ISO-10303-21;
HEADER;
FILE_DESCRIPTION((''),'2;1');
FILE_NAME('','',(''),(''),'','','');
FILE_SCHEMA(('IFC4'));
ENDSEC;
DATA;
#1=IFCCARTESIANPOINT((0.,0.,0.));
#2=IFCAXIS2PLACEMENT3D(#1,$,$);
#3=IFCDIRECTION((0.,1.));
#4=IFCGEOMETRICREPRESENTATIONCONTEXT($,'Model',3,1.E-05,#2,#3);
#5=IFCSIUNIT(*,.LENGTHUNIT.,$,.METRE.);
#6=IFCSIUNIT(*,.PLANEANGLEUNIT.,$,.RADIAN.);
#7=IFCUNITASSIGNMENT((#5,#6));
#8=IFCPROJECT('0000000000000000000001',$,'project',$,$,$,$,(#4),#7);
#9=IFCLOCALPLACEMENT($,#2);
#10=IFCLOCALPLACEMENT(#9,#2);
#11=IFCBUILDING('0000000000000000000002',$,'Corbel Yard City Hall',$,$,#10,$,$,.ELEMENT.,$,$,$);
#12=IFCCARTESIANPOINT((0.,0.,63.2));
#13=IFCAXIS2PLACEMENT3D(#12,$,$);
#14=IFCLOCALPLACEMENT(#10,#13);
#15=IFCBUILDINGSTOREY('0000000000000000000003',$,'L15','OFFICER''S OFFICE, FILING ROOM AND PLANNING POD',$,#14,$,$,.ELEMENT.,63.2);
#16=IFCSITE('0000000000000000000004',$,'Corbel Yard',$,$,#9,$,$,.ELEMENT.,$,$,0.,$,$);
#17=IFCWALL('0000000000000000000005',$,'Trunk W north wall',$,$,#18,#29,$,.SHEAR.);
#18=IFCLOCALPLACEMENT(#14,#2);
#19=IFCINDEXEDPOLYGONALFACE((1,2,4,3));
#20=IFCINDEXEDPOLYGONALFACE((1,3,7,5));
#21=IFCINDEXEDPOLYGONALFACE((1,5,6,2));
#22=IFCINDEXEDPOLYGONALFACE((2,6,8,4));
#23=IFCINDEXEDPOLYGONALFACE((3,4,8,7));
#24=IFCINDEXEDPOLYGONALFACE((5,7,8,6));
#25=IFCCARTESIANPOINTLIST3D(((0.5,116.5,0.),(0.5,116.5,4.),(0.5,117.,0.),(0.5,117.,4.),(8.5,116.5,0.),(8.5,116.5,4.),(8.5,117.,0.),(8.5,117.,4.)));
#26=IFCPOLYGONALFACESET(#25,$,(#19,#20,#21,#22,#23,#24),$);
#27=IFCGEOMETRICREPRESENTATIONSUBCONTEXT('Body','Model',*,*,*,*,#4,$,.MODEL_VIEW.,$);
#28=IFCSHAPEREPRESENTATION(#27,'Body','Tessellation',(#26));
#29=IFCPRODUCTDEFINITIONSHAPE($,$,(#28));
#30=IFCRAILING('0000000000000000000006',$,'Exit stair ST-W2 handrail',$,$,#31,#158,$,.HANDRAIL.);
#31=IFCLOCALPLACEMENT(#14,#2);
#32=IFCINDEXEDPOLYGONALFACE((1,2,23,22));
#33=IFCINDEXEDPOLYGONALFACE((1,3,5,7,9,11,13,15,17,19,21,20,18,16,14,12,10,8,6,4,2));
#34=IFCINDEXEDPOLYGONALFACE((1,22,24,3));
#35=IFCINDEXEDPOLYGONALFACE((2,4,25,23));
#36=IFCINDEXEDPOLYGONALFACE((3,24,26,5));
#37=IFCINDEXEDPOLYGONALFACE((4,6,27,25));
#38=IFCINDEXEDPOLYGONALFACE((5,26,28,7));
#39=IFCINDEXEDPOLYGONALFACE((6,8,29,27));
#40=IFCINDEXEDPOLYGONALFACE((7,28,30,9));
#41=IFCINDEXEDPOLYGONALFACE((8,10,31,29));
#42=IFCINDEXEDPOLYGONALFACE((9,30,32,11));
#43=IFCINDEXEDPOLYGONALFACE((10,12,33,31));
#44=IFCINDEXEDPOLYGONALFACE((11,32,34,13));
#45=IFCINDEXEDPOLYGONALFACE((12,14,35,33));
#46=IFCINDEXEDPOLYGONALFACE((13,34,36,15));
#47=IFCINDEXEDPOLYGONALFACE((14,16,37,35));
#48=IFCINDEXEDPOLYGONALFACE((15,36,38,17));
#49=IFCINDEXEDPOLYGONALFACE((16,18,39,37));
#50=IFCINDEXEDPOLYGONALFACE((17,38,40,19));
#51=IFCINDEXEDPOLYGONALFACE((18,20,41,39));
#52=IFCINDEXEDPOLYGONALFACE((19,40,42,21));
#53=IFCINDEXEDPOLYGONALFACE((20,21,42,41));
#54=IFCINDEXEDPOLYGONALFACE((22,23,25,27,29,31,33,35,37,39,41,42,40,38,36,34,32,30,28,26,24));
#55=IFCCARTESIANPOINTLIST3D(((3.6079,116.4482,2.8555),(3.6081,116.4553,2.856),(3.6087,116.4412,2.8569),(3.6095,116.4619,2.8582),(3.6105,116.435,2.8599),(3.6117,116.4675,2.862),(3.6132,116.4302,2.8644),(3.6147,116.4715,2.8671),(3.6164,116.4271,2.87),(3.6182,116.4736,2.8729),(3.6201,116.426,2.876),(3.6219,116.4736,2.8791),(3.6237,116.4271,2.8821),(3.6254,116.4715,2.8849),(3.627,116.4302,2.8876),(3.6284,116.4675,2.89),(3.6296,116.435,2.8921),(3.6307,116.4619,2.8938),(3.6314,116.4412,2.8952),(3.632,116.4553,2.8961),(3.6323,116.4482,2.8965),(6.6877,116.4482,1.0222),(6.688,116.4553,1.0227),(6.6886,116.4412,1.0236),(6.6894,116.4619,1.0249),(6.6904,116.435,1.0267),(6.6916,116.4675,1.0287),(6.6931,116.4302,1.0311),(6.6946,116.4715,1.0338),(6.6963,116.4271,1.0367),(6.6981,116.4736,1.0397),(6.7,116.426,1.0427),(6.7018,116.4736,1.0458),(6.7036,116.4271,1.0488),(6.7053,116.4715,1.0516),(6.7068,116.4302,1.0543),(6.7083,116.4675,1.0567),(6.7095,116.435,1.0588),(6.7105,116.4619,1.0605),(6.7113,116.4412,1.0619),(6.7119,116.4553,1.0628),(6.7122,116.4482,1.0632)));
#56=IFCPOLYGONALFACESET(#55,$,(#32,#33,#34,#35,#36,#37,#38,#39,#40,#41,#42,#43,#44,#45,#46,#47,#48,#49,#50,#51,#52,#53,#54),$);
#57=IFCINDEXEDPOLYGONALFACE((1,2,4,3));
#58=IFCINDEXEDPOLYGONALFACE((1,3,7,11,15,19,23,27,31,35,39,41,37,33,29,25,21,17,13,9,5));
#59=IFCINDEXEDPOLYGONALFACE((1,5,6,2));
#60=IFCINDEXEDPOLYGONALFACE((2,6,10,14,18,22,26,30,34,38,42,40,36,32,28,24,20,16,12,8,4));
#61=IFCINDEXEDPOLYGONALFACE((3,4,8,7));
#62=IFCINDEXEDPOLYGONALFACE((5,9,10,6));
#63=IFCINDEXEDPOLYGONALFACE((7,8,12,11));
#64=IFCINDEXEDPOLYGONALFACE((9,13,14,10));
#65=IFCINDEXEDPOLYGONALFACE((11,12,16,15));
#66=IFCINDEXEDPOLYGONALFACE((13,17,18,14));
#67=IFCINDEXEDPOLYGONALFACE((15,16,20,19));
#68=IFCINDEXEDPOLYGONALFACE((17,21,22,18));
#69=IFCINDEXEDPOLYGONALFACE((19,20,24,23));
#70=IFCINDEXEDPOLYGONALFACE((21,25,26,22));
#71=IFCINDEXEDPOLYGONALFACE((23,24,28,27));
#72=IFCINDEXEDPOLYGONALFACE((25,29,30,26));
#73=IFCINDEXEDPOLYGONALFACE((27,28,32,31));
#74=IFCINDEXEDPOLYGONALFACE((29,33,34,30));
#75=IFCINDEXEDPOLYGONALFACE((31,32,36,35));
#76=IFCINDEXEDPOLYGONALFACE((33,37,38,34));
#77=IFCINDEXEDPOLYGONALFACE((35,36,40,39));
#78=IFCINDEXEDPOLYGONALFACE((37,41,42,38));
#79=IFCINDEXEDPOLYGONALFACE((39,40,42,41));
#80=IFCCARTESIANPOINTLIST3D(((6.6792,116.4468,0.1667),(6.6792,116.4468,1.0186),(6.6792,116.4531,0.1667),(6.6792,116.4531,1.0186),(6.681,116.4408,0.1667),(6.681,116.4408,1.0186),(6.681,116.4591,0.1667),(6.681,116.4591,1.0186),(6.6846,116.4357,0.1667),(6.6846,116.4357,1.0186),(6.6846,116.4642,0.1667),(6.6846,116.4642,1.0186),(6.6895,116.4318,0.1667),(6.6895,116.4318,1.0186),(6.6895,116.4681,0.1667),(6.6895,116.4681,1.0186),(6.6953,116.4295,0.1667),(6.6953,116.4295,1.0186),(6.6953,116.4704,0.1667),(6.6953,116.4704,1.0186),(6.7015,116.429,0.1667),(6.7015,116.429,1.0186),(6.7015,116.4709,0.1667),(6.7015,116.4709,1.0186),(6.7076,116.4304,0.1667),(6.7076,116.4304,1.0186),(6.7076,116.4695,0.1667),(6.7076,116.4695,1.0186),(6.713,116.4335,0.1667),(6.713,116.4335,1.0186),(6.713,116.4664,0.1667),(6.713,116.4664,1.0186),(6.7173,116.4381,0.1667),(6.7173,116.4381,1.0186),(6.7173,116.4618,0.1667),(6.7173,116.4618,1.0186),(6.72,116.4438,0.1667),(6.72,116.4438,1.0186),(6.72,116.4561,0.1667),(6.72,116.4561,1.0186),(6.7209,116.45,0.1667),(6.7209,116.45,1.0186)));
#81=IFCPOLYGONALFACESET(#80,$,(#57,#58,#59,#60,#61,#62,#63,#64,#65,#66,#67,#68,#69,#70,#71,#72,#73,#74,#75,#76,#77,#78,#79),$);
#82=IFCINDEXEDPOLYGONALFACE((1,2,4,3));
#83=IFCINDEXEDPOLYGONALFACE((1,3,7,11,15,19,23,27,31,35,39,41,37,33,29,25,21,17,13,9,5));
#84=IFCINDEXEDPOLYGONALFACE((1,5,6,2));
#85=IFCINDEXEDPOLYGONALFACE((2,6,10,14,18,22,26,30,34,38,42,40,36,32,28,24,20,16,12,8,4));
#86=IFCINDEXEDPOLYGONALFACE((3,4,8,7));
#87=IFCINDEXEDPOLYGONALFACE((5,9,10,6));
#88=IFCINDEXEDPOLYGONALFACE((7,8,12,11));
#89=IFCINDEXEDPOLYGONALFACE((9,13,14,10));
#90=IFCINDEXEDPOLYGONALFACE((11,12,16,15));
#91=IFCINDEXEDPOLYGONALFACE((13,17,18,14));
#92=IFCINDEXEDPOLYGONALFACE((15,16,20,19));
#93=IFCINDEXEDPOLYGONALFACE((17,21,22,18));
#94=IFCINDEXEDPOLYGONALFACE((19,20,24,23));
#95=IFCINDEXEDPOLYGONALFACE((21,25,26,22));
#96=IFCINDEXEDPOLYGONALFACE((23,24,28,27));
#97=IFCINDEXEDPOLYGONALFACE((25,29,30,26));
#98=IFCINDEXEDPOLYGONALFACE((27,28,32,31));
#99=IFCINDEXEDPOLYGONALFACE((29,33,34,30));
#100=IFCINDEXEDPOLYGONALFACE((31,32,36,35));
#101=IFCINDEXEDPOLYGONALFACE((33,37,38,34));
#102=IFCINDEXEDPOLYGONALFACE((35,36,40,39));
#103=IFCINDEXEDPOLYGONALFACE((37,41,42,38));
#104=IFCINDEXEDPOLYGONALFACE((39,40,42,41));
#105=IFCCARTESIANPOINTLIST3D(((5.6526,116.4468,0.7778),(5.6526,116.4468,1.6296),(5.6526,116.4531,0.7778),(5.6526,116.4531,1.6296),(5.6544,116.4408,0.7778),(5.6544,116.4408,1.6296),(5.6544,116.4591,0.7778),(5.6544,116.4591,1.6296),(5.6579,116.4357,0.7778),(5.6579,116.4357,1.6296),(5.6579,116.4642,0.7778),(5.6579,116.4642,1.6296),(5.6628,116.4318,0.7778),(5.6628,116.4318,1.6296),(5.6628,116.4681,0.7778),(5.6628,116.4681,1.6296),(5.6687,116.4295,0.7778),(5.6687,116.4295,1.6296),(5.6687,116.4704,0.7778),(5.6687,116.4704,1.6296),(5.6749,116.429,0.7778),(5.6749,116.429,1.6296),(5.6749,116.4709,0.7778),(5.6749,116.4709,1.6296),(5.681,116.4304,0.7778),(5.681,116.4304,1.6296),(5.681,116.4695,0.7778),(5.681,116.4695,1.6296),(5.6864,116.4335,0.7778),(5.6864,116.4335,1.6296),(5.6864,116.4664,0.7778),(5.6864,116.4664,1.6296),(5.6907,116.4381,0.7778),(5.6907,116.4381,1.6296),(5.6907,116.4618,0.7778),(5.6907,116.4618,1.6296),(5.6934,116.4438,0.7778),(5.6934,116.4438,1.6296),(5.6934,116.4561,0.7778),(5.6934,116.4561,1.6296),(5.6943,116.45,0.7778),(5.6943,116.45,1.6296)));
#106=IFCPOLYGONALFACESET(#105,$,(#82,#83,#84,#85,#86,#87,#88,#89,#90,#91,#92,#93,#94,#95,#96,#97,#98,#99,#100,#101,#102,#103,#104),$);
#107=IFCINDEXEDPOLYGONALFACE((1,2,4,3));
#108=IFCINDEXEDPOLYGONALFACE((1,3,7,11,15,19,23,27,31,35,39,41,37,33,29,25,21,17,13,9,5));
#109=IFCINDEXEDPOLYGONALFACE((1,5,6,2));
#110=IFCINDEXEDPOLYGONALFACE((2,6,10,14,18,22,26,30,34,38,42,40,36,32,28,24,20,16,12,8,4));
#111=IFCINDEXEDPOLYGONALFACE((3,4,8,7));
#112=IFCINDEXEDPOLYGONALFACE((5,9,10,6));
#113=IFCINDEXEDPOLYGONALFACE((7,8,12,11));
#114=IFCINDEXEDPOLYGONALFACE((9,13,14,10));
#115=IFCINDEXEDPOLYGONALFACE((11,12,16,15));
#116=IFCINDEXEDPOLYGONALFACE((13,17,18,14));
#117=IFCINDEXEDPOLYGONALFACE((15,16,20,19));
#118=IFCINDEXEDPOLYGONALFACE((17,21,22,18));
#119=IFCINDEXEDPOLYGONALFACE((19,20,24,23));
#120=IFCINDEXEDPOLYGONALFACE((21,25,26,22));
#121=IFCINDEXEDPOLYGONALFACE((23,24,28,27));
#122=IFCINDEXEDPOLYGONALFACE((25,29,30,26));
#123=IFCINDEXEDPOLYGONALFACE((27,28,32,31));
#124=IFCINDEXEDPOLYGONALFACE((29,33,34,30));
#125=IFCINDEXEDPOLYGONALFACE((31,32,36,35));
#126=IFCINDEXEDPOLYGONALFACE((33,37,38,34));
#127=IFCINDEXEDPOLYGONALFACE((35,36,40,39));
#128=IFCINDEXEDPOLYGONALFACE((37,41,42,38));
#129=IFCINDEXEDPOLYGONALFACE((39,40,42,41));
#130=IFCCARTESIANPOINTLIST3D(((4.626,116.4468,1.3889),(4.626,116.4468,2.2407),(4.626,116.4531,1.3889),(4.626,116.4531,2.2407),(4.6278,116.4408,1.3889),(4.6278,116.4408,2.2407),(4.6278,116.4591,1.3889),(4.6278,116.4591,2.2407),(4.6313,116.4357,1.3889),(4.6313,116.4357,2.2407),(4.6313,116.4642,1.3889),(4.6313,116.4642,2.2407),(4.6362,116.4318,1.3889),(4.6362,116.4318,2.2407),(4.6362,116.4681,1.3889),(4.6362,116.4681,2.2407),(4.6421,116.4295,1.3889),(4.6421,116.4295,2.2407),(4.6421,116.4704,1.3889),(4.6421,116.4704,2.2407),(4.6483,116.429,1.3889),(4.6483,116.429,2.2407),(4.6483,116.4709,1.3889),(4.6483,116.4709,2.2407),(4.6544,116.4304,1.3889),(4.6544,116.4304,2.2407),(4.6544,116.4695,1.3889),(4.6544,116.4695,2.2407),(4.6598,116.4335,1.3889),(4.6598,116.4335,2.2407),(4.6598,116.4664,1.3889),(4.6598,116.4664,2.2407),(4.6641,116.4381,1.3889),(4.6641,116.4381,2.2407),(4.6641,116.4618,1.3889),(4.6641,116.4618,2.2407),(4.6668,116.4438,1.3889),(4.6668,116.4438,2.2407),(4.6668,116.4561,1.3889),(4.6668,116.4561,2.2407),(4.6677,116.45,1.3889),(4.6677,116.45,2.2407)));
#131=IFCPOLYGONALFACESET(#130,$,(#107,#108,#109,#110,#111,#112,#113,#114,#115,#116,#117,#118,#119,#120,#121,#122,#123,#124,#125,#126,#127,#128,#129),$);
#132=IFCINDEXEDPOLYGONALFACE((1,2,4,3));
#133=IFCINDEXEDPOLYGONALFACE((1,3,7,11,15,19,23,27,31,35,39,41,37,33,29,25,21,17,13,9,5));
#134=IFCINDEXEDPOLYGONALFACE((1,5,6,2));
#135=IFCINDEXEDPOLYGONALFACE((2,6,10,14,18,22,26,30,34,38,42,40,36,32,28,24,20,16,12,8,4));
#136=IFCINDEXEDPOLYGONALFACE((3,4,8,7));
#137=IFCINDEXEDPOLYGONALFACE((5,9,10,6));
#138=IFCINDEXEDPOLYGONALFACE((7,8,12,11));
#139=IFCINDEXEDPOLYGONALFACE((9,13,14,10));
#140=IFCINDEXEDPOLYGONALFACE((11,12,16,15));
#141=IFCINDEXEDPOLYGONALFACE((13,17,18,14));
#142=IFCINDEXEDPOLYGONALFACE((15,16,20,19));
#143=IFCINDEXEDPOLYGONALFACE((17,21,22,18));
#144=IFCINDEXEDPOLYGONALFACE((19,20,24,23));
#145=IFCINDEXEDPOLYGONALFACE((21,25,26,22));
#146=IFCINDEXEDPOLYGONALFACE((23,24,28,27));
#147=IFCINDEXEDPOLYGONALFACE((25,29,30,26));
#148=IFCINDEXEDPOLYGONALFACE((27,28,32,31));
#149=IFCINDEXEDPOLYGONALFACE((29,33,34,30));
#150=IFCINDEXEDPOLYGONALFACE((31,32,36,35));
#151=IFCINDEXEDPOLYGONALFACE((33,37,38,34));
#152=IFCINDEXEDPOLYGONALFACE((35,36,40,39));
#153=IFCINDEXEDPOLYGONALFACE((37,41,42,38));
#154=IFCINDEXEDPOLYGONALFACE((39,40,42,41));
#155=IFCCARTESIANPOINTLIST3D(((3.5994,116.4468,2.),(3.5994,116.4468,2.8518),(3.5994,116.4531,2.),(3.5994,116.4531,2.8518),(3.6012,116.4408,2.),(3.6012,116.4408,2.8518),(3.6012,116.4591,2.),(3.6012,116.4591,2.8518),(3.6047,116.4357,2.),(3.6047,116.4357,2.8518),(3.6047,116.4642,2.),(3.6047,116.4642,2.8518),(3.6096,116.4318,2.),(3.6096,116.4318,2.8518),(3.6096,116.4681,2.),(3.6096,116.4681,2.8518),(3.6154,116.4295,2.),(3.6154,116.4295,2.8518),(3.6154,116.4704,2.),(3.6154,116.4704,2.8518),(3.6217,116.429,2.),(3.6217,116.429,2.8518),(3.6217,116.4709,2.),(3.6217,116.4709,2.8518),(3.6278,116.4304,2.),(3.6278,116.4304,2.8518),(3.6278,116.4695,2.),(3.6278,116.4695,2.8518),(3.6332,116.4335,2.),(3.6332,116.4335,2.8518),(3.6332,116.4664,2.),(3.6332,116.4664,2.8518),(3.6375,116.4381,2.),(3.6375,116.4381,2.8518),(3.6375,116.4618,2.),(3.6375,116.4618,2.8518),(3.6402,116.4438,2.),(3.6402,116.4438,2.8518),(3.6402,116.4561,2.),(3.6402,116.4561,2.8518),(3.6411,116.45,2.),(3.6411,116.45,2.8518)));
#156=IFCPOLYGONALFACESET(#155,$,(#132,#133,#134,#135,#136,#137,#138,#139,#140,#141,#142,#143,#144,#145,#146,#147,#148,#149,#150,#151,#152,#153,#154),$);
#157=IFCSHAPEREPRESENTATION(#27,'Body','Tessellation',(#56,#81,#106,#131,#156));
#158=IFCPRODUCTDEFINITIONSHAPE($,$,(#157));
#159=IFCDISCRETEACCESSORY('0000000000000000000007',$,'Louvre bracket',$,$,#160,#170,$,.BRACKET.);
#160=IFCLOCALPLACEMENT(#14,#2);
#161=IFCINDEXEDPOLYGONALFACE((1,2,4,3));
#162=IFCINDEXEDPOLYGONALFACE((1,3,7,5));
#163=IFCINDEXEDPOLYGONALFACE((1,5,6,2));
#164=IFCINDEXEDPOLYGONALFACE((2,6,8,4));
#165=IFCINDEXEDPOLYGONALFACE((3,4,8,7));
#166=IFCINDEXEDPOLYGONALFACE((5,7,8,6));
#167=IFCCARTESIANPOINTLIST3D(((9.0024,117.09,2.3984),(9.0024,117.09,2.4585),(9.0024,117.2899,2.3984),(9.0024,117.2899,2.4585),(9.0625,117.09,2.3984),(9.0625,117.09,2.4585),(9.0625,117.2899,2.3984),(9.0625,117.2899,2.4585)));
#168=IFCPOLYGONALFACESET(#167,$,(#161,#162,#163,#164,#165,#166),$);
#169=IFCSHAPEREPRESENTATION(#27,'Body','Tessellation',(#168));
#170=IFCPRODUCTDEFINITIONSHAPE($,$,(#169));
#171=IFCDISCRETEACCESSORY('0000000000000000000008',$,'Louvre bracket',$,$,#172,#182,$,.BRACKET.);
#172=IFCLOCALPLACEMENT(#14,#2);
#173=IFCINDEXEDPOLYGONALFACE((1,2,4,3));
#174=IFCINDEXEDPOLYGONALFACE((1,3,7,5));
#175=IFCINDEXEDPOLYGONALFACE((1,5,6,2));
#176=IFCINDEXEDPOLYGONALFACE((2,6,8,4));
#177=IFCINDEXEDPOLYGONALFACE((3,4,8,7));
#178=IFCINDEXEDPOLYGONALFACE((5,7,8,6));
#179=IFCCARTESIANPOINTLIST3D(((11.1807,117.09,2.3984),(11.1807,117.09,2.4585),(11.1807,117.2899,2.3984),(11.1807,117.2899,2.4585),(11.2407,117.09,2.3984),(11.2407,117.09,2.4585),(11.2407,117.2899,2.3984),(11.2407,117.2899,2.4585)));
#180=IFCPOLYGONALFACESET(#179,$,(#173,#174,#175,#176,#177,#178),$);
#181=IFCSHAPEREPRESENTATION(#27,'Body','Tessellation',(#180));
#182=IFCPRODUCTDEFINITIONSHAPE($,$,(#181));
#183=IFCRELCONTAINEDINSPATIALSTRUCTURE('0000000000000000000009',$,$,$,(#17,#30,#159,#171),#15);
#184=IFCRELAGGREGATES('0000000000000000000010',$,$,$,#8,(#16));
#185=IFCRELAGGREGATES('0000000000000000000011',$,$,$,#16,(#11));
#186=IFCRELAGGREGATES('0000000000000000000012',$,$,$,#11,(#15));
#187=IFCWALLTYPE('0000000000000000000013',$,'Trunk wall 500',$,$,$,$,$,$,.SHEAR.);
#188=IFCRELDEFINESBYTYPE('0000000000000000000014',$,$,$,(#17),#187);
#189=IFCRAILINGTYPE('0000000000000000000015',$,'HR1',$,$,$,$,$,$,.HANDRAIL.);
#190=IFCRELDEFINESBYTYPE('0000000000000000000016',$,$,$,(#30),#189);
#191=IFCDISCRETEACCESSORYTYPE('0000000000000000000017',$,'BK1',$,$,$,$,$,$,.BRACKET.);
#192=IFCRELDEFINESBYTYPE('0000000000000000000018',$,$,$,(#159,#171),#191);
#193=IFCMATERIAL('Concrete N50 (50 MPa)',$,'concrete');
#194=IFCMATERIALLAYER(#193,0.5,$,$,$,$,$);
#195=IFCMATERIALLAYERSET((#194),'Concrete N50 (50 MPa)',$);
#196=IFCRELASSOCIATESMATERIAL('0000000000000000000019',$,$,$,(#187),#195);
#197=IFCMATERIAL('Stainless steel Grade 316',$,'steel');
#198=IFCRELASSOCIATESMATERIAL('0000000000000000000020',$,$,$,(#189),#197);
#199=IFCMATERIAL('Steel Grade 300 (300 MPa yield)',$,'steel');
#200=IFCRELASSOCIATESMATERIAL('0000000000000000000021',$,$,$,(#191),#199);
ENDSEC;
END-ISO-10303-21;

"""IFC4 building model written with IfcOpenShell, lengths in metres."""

from ifc_helpers import new_model, si_unit, direction, frame, frame_2d, origin, origin_2d, place, context, subcontext, project, spatial, rectangle, circle, extrude, material, layer, layer_set, type_object, element, save


model = new_model("IFC4")

# Units and contexts
model_context = context("Model", 3, precision=1e-05, world=origin(), true_north=direction((0.0, 1.0)))
body_context = subcontext(model_context, "Body", "Model", "MODEL_VIEW")
ifc_project = project(units=[si_unit("LENGTHUNIT", "METRE"), si_unit("PLANEANGLEUNIT", "RADIAN")], contexts=[model_context])

# Site, building, storey
site_placement = place(None, origin())
site = spatial("IfcSite", under=ifc_project, at=site_placement, Name="Corbel Yard", CompositionType="ELEMENT", RefElevation=0.0)
building_placement = place(site_placement, origin())
building = spatial("IfcBuilding", under=site, at=building_placement, Name="Corbel Yard City Hall", CompositionType="ELEMENT")
storey_placement = place(building_placement, frame((0.0, 0.0, 63.2)))
storey = spatial("IfcBuildingStorey", under=building, at=storey_placement, Name="L15", Description="OFFICER'S OFFICE, FILING ROOM AND PLANNING POD", CompositionType="ELEMENT", Elevation=63.2)

# Shared definitions
ifc_material_1 = material(Name="Steel Grade 300 (300 MPa yield)", Category="steel")

# Wall
ifc_material_2 = material(Name="Concrete N50 (50 MPa)", Category="concrete")
ifc_layer_1 = layer(ifc_material_2, 0.5)
ifc_layer_set_1 = layer_set([ifc_layer_1], Name="Concrete N50 (50 MPa)")
wall_type = type_object("IfcWallType", Name="Trunk wall 500", PredefinedType="SHEAR", material=ifc_layer_set_1)
wall_placement = place(storey_placement, frame((0.5, 116.75, 0.0), z_axis=(0.0, 0.0, 1.0), x_axis=(1.0, 0.0, 0.0)))
element("IfcWall", 1, at=wall_placement, inside=storey, type_object=wall_type, Name="Trunk W north wall", PredefinedType="SHEAR", context=body_context, shape_type="SweptSolid", body=[
    extrude(rectangle(XDim=8.0, YDim=0.5, at=frame_2d((4.0, 0.0))), origin(), (0.0, 0.0, 1.0), 4.0),
])

# Railing
ifc_material_3 = material(Name="Stainless steel Grade 316", Category="steel")
railing_type = type_object("IfcRailingType", Name="HR1", PredefinedType="HANDRAIL", material=ifc_material_3)
railing_placement = place(storey_placement, frame((6.7, 116.45, 0.1667)))
element("IfcRailing", 2, at=railing_placement, inside=storey, type_object=railing_type, Name="Exit stair ST-W2 handrail", PredefinedType="HANDRAIL", context=body_context, shape_type="SweptSolid", body=[
    extrude(circle(Radius=0.0239, at=origin_2d()), frame((0.0, 0.0, 0.876), z_axis=(-0.859291, 0.0, 0.511487), x_axis=(0.0, -1.0, 0.0)), (0.0, 0.0, 1.0), 3.5842),
    extrude(circle(Radius=0.021, at=origin_2d()), origin(), (0.0, 0.0, 1.0), 0.8518),
    extrude(circle(Radius=0.021, at=origin_2d()), frame((-1.0266, 0.0, 0.6111)), (0.0, 0.0, 1.0), 0.8518),
    extrude(circle(Radius=0.021, at=origin_2d()), frame((-2.0532, 0.0, 1.2222)), (0.0, 0.0, 1.0), 0.8518),
    extrude(circle(Radius=0.021, at=origin_2d()), frame((-3.0798, 0.0, 1.8333)), (0.0, 0.0, 1.0), 0.8518),
])

# Discrete accessories
discrete_accessory_type = type_object("IfcDiscreteAccessoryType", Name="BK1", PredefinedType="BRACKET", material=ifc_material_1)
for number, where, z_axis, x_axis, name in (
    (3, (9.0325, 117.1899, 2.3984), (0.0, 0.0, 1.0), (1.0, 0.0, 0.0), "Louvre bracket"),
    (4, (11.2107, 117.1899, 2.3984), (0.0, 0.0, 1.0), (1.0, 0.0, 0.0), "Louvre bracket"),
):
    element("IfcDiscreteAccessory", number, at=place(storey_placement, frame(where, z_axis=z_axis, x_axis=x_axis)), inside=storey, type_object=discrete_accessory_type, Name=name, PredefinedType="BRACKET", context=body_context, shape_type="SweptSolid", body=[
        extrude(rectangle(XDim=0.0601, YDim=0.2, at=origin_2d()), origin(), (0.0, 0.0, 1.0), 0.0601),
    ])

save(model, "model.ifc")
